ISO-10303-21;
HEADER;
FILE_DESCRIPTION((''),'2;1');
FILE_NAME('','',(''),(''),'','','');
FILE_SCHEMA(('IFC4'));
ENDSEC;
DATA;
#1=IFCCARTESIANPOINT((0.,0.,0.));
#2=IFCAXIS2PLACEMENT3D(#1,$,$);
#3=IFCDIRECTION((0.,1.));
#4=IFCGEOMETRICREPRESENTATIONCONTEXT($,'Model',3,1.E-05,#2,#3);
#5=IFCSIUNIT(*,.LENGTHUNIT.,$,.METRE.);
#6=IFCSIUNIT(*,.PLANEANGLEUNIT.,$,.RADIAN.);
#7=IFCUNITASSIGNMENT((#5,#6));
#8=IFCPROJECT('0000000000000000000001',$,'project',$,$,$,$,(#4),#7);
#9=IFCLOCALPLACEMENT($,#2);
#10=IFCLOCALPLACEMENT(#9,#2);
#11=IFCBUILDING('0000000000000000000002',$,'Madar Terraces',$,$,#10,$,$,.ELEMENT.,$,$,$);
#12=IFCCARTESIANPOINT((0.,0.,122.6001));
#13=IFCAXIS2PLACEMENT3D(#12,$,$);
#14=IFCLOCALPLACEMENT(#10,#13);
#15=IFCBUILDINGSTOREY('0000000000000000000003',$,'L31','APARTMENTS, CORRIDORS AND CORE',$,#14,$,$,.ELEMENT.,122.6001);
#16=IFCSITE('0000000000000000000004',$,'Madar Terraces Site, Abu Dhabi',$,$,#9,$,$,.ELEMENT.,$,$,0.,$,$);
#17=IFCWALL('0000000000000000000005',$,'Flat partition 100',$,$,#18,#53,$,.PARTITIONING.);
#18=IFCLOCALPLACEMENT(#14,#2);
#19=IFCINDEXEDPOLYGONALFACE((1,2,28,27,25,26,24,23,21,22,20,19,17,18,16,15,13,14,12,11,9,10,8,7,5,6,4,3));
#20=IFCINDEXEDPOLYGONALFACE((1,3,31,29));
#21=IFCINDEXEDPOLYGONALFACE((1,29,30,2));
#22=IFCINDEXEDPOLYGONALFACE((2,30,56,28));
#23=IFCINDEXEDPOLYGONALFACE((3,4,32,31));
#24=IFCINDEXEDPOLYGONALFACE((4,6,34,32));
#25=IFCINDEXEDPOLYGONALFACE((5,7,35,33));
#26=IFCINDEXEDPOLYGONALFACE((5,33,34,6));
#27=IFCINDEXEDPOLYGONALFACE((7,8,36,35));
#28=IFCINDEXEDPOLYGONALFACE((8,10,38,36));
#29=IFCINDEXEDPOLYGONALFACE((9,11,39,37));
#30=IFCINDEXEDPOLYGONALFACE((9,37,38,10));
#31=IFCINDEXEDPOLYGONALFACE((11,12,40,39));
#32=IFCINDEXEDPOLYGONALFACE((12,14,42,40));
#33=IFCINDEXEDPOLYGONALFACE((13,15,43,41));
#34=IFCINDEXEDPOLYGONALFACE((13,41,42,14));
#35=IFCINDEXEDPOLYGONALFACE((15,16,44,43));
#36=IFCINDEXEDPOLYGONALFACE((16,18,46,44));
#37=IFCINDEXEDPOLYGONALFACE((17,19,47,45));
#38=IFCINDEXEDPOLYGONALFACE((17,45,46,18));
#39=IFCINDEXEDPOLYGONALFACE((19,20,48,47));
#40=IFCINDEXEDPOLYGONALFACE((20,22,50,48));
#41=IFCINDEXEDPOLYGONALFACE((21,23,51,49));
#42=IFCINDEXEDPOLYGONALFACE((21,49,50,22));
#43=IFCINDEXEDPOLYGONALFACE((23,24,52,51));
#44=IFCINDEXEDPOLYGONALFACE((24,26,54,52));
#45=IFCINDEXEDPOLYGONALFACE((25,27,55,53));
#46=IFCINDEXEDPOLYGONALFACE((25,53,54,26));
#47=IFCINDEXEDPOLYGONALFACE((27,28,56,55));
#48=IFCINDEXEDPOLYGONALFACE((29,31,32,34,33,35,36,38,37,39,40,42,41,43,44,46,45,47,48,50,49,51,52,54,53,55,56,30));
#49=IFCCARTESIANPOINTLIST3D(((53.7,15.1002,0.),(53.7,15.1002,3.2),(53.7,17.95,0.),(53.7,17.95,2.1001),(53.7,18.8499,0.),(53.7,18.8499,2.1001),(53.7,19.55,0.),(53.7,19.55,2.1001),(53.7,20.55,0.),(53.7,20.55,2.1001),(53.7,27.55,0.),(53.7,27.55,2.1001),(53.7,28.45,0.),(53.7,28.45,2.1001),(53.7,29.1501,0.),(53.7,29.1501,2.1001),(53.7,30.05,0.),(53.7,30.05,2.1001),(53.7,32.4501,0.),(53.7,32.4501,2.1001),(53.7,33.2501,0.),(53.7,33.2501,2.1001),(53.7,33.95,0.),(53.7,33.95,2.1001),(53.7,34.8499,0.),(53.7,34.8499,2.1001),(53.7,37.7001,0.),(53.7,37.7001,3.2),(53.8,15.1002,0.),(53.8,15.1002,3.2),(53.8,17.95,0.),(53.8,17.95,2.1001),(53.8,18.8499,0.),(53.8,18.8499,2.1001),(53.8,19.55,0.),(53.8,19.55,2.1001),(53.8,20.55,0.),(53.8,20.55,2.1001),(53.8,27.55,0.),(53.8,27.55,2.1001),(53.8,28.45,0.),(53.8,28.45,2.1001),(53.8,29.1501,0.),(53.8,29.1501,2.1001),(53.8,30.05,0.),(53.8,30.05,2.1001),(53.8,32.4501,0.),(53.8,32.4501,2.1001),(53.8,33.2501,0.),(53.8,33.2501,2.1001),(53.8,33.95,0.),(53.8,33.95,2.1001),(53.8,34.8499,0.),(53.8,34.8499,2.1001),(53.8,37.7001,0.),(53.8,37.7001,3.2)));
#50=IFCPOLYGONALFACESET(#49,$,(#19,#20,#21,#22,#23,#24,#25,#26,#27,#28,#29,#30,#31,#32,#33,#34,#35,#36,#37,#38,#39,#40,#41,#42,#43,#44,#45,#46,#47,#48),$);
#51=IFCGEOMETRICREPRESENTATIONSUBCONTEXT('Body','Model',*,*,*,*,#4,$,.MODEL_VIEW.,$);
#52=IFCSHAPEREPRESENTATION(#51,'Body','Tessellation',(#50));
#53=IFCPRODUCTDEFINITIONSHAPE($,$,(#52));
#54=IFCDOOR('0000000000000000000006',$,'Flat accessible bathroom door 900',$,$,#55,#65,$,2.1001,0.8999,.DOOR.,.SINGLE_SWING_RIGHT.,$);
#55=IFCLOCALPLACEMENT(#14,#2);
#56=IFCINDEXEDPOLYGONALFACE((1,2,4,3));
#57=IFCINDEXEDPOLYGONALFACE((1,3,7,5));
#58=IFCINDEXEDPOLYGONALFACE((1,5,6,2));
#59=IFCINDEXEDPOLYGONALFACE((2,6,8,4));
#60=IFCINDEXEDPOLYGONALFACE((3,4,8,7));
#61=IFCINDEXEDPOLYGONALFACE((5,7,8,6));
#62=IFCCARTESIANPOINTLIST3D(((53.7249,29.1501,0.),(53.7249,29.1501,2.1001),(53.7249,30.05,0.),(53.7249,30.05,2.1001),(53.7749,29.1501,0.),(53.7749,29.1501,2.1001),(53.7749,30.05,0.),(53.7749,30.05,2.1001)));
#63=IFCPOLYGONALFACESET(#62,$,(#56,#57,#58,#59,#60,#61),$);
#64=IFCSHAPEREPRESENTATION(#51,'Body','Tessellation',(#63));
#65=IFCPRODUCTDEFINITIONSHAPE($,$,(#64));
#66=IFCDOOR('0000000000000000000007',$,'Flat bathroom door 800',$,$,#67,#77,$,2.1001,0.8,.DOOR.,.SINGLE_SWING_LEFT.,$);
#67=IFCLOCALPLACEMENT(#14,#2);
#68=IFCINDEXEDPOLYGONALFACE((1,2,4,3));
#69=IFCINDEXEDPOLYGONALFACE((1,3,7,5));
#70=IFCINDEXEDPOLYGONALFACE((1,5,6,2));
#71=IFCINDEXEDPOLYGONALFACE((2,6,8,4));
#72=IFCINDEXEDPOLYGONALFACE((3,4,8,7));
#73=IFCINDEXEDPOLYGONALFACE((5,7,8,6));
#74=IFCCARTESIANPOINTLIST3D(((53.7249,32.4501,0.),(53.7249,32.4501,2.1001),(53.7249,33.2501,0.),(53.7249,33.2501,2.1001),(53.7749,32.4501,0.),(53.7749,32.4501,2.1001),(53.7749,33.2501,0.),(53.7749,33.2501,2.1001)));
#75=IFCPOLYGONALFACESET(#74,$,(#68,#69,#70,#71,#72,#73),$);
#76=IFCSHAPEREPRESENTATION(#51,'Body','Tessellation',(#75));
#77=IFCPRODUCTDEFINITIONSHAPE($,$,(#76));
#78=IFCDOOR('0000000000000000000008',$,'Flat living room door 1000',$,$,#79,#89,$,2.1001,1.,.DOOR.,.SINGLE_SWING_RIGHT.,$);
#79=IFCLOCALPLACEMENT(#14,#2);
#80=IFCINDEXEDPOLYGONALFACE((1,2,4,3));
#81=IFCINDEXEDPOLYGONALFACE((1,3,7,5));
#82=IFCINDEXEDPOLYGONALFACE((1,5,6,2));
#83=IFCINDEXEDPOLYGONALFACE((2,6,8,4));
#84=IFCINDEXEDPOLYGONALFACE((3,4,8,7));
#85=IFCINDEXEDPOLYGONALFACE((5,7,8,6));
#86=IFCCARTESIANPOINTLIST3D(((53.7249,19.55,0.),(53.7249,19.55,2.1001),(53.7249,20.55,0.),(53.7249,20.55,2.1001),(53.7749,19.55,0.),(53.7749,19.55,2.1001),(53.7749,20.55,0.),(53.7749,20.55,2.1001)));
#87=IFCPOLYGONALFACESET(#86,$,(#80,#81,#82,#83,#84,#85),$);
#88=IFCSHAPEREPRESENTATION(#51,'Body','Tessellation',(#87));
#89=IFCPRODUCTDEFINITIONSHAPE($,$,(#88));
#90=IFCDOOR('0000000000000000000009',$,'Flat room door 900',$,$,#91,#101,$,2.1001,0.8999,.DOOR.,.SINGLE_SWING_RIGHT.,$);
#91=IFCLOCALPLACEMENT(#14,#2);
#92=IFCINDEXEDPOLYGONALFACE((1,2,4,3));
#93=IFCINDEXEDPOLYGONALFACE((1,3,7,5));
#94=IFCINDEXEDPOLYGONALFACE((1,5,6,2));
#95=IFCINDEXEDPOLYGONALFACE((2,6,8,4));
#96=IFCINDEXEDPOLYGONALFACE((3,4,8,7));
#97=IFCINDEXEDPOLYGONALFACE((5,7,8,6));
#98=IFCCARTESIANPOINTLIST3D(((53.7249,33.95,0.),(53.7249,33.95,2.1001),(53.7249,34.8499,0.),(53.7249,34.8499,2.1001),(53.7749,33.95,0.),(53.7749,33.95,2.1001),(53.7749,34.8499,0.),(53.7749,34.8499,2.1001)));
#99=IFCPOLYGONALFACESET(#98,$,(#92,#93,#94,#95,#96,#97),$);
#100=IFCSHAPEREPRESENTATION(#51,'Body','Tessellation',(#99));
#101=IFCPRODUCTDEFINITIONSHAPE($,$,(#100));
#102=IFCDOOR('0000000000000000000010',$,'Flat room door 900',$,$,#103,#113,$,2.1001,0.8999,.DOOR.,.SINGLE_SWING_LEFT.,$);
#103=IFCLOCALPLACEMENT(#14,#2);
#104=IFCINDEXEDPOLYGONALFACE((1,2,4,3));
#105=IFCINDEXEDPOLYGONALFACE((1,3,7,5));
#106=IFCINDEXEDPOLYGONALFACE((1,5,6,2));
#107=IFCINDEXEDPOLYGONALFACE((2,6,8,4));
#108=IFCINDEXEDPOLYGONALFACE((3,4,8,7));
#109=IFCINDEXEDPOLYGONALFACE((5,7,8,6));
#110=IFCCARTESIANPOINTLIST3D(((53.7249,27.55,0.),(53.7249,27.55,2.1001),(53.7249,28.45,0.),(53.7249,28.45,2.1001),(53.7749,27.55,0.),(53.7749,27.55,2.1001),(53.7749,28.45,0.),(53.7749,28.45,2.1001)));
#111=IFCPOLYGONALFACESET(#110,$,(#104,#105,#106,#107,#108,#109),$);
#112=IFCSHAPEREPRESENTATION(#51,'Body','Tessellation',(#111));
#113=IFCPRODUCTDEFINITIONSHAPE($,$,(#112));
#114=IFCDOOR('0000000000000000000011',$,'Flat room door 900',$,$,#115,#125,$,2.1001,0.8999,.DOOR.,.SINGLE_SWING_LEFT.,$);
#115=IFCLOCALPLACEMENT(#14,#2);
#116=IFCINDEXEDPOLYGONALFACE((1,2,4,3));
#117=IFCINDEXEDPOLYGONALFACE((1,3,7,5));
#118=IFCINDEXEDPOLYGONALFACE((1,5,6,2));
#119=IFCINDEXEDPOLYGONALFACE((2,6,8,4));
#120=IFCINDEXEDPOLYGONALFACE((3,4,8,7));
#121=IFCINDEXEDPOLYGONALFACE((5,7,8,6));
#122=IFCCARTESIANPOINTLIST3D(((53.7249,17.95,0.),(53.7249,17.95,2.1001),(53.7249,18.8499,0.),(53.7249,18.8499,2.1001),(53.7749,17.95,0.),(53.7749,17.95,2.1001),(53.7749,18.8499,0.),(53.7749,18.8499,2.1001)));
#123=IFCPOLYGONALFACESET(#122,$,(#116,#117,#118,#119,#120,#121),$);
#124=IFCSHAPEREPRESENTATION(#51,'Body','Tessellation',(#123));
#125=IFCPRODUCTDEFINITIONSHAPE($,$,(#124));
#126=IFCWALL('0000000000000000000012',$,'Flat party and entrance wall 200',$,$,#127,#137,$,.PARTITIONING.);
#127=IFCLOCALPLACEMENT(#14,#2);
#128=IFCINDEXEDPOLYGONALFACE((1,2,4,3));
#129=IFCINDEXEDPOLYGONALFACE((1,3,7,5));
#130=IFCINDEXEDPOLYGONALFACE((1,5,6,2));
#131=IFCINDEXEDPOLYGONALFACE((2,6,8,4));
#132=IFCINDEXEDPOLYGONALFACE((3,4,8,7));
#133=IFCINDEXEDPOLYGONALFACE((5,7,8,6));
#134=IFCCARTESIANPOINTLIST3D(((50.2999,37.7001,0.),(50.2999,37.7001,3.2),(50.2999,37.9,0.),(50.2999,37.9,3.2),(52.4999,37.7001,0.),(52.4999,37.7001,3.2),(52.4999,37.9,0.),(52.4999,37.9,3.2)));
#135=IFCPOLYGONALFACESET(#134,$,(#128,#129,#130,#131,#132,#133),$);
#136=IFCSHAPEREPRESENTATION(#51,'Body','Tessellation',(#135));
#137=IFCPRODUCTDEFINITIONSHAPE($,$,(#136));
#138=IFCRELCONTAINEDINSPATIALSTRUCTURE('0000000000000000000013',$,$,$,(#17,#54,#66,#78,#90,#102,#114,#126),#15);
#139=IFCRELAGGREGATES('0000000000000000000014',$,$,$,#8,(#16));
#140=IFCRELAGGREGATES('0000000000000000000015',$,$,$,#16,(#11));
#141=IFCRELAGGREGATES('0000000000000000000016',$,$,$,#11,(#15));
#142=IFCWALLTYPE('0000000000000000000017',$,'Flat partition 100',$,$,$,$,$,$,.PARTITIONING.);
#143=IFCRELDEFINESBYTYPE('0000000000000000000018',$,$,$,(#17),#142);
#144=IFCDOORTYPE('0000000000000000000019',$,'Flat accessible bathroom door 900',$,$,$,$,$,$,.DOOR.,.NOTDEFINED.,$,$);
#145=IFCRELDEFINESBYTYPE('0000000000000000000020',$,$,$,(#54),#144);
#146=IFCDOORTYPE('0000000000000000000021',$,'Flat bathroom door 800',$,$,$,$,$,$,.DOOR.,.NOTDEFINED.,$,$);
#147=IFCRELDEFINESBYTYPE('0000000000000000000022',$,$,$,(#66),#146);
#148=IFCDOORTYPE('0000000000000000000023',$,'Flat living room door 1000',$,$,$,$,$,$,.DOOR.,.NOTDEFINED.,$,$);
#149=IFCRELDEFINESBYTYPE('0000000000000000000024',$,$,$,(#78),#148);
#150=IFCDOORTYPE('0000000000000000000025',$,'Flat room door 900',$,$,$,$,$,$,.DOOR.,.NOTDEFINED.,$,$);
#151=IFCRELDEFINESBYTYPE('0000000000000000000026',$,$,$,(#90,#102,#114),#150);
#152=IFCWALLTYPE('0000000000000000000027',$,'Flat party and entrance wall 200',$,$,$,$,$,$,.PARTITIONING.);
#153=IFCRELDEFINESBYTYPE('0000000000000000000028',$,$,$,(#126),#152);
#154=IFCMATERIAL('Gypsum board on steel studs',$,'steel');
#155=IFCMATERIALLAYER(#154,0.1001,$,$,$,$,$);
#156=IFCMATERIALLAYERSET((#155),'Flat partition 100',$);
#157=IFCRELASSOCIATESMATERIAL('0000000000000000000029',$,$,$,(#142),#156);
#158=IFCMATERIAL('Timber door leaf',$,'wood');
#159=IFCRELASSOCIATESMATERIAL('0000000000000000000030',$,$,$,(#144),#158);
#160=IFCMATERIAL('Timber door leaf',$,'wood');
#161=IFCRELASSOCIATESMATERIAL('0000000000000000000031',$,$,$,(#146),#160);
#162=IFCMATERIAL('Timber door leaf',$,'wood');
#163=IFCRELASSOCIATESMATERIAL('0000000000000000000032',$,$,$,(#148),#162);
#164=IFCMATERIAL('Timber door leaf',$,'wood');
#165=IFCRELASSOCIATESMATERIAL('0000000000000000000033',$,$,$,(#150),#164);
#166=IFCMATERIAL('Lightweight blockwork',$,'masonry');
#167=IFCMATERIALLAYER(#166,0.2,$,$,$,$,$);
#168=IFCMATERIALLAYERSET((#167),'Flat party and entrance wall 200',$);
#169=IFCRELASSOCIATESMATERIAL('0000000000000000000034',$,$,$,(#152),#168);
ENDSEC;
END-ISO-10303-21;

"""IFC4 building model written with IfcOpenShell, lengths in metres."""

from ifc_helpers import new_model, si_unit, direction, frame, frame_2d, origin, place, context, subcontext, project, spatial, rectangle, extrude, material, layer, layer_set, type_object, element, fill, save


model = new_model("IFC4")

# Units and contexts
model_context = context("Model", 3, precision=1e-05, world=origin(), true_north=direction((0.0, 1.0)))
body_context = subcontext(model_context, "Body", "Model", "MODEL_VIEW")
ifc_project = project(units=[si_unit("LENGTHUNIT", "METRE"), si_unit("PLANEANGLEUNIT", "RADIAN")], contexts=[model_context])

# Site, building, storey
site_placement = place(None, origin())
site = spatial("IfcSite", under=ifc_project, at=site_placement, Name="Madar Terraces Site, Abu Dhabi", CompositionType="ELEMENT", RefElevation=0.0)
building_placement = place(site_placement, origin())
building = spatial("IfcBuilding", under=site, at=building_placement, Name="Madar Terraces", CompositionType="ELEMENT")
storey_placement = place(building_placement, frame((0.0, 0.0, 122.6001)))
storey = spatial("IfcBuildingStorey", under=building, at=storey_placement, Name="L31", Description="APARTMENTS, CORRIDORS AND CORE", CompositionType="ELEMENT", Elevation=122.6001)

# Wall, openings, doors
ifc_material_1 = material(Name="Gypsum board on steel studs", Category="steel")
ifc_layer_1 = layer(ifc_material_1, 0.1001)
ifc_layer_set_1 = layer_set([ifc_layer_1], Name="Flat partition 100")
wall_type_1 = type_object("IfcWallType", Name="Flat partition 100", PredefinedType="PARTITIONING", material=ifc_layer_set_1)
wall_1_placement = place(storey_placement, frame((53.75, 37.7, 0.0), z_axis=(0.0, 0.0, 1.0), x_axis=(0.0, -1.0, 0.0)))
wall_1 = element("IfcWall", 1, at=wall_1_placement, inside=storey, type_object=wall_type_1, Name="Flat partition 100", PredefinedType="PARTITIONING", context=body_context, shape_type="SweptSolid", body=[
    extrude(rectangle(XDim=22.5999, YDim=0.1001, at=frame_2d((11.2998, 0.0))), origin(), (0.0, 0.0, 1.0), 3.2),
])
opening_1_placement = place(wall_1_placement, frame((2.8501, 0.0, 0.0)))
opening_1 = element("IfcOpeningElement", 2, at=opening_1_placement, cuts=wall_1, PredefinedType="OPENING", context=body_context, shape_type="SweptSolid", body=[
    extrude(rectangle(XDim=0.8999, YDim=2.1001, at=frame_2d((0.45, 1.05))), frame((0.0, 0.0601, 0.0), z_axis=(0.0, -1.0, 0.0), x_axis=(1.0, 0.0, 0.0)), (0.0, 0.0, 1.0), 0.1201),
])
opening_2_placement = place(wall_1_placement, frame((4.45, 0.0, 0.0)))
opening_2 = element("IfcOpeningElement", 3, at=opening_2_placement, cuts=wall_1, PredefinedType="OPENING", context=body_context, shape_type="SweptSolid", body=[
    extrude(rectangle(XDim=0.8, YDim=2.1001, at=frame_2d((0.3999, 1.05))), frame((0.0, 0.0601, 0.0), z_axis=(0.0, -1.0, 0.0), x_axis=(1.0, 0.0, 0.0)), (0.0, 0.0, 1.0), 0.1201),
])
opening_3_placement = place(wall_1_placement, frame((7.6499, 0.0, 0.0)))
opening_3 = element("IfcOpeningElement", 4, at=opening_3_placement, cuts=wall_1, PredefinedType="OPENING", context=body_context, shape_type="SweptSolid", body=[
    extrude(rectangle(XDim=0.8999, YDim=2.1001, at=frame_2d((0.45, 1.05))), frame((0.0, 0.0601, 0.0), z_axis=(0.0, -1.0, 0.0), x_axis=(1.0, 0.0, 0.0)), (0.0, 0.0, 1.0), 0.1201),
])
opening_4_placement = place(wall_1_placement, frame((9.25, 0.0, 0.0)))
opening_4 = element("IfcOpeningElement", 5, at=opening_4_placement, cuts=wall_1, PredefinedType="OPENING", context=body_context, shape_type="SweptSolid", body=[
    extrude(rectangle(XDim=0.8999, YDim=2.1001, at=frame_2d((0.45, 1.05))), frame((0.0, 0.0601, 0.0), z_axis=(0.0, -1.0, 0.0), x_axis=(1.0, 0.0, 0.0)), (0.0, 0.0, 1.0), 0.1201),
])
opening_5_placement = place(wall_1_placement, frame((17.1499, 0.0, 0.0)))
opening_5 = element("IfcOpeningElement", 6, at=opening_5_placement, cuts=wall_1, PredefinedType="OPENING", context=body_context, shape_type="SweptSolid", body=[
    extrude(rectangle(XDim=1.0, YDim=2.1001, at=frame_2d((0.5, 1.05))), frame((0.0, 0.0601, 0.0), z_axis=(0.0, -1.0, 0.0), x_axis=(1.0, 0.0, 0.0)), (0.0, 0.0, 1.0), 0.1201),
])
opening_6_placement = place(wall_1_placement, frame((18.8501, 0.0, 0.0)))
opening_6 = element("IfcOpeningElement", 7, at=opening_6_placement, cuts=wall_1, PredefinedType="OPENING", context=body_context, shape_type="SweptSolid", body=[
    extrude(rectangle(XDim=0.8999, YDim=2.1001, at=frame_2d((0.45, 1.05))), frame((0.0, 0.0601, 0.0), z_axis=(0.0, -1.0, 0.0), x_axis=(1.0, 0.0, 0.0)), (0.0, 0.0, 1.0), 0.1201),
])
ifc_material_2 = material(Name="Timber door leaf", Category="wood")
door_type_1 = type_object("IfcDoorType", Name="Flat accessible bathroom door 900", OperationType="NOTDEFINED", PredefinedType="DOOR", material=ifc_material_2)
door_1_placement = place(opening_3_placement, origin())
door_1 = element("IfcDoor", 8, at=door_1_placement, inside=storey, type_object=door_type_1, Name="Flat accessible bathroom door 900", OperationType="SINGLE_SWING_RIGHT", OverallHeight=2.1001, OverallWidth=0.8999, PredefinedType="DOOR", context=body_context, shape_type="SweptSolid", body=[
    extrude(rectangle(XDim=0.8999, YDim=2.1001, at=frame_2d((0.45, 1.05))), frame((0.0, 0.0249, 0.0), z_axis=(0.0, -1.0, 0.0), x_axis=(1.0, 0.0, 0.0)), (0.0, 0.0, 1.0), 0.05),
])
fill(opening_3, door_1)
ifc_material_3 = material(Name="Timber door leaf", Category="wood")
door_type_2 = type_object("IfcDoorType", Name="Flat bathroom door 800", OperationType="NOTDEFINED", PredefinedType="DOOR", material=ifc_material_3)
door_2_placement = place(opening_2_placement, origin())
door_2 = element("IfcDoor", 9, at=door_2_placement, inside=storey, type_object=door_type_2, Name="Flat bathroom door 800", OperationType="SINGLE_SWING_LEFT", OverallHeight=2.1001, OverallWidth=0.8, PredefinedType="DOOR", context=body_context, shape_type="SweptSolid", body=[
    extrude(rectangle(XDim=0.8, YDim=2.1001, at=frame_2d((0.3999, 1.05))), frame((0.0, 0.0249, 0.0), z_axis=(0.0, -1.0, 0.0), x_axis=(1.0, 0.0, 0.0)), (0.0, 0.0, 1.0), 0.05),
])
fill(opening_2, door_2)
ifc_material_4 = material(Name="Timber door leaf", Category="wood")
door_type_3 = type_object("IfcDoorType", Name="Flat living room door 1000", OperationType="NOTDEFINED", PredefinedType="DOOR", material=ifc_material_4)
door_3_placement = place(opening_5_placement, origin())
door_3 = element("IfcDoor", 10, at=door_3_placement, inside=storey, type_object=door_type_3, Name="Flat living room door 1000", OperationType="SINGLE_SWING_RIGHT", OverallHeight=2.1001, OverallWidth=1.0, PredefinedType="DOOR", context=body_context, shape_type="SweptSolid", body=[
    extrude(rectangle(XDim=1.0, YDim=2.1001, at=frame_2d((0.5, 1.05))), frame((0.0, 0.0249, 0.0), z_axis=(0.0, -1.0, 0.0), x_axis=(1.0, 0.0, 0.0)), (0.0, 0.0, 1.0), 0.05),
])
fill(opening_5, door_3)
ifc_material_5 = material(Name="Timber door leaf", Category="wood")
door_type_4 = type_object("IfcDoorType", Name="Flat room door 900", OperationType="NOTDEFINED", PredefinedType="DOOR", material=ifc_material_5)
door_4_placement = place(opening_1_placement, origin())
door_4 = element("IfcDoor", 11, at=door_4_placement, inside=storey, type_object=door_type_4, Name="Flat room door 900", OperationType="SINGLE_SWING_RIGHT", OverallHeight=2.1001, OverallWidth=0.8999, PredefinedType="DOOR", context=body_context, shape_type="SweptSolid", body=[
    extrude(rectangle(XDim=0.8999, YDim=2.1001, at=frame_2d((0.45, 1.05))), frame((0.0, 0.0249, 0.0), z_axis=(0.0, -1.0, 0.0), x_axis=(1.0, 0.0, 0.0)), (0.0, 0.0, 1.0), 0.05),
])
fill(opening_1, door_4)
door_5_placement = place(opening_4_placement, origin())
door_5 = element("IfcDoor", 12, at=door_5_placement, inside=storey, type_object=door_type_4, Name="Flat room door 900", OperationType="SINGLE_SWING_LEFT", OverallHeight=2.1001, OverallWidth=0.8999, PredefinedType="DOOR", context=body_context, shape_type="SweptSolid", body=[
    extrude(rectangle(XDim=0.8999, YDim=2.1001, at=frame_2d((0.45, 1.05))), frame((0.0, 0.0249, 0.0), z_axis=(0.0, -1.0, 0.0), x_axis=(1.0, 0.0, 0.0)), (0.0, 0.0, 1.0), 0.05),
])
fill(opening_4, door_5)
door_6_placement = place(opening_6_placement, origin())
door_6 = element("IfcDoor", 13, at=door_6_placement, inside=storey, type_object=door_type_4, Name="Flat room door 900", OperationType="SINGLE_SWING_LEFT", OverallHeight=2.1001, OverallWidth=0.8999, PredefinedType="DOOR", context=body_context, shape_type="SweptSolid", body=[
    extrude(rectangle(XDim=0.8999, YDim=2.1001, at=frame_2d((0.45, 1.05))), frame((0.0, 0.0249, 0.0), z_axis=(0.0, -1.0, 0.0), x_axis=(1.0, 0.0, 0.0)), (0.0, 0.0, 1.0), 0.05),
])
fill(opening_6, door_6)

# Wall
ifc_material_6 = material(Name="Lightweight blockwork", Category="masonry")
ifc_layer_2 = layer(ifc_material_6, 0.2)
ifc_layer_set_2 = layer_set([ifc_layer_2], Name="Flat party and entrance wall 200")
wall_type_2 = type_object("IfcWallType", Name="Flat party and entrance wall 200", PredefinedType="PARTITIONING", material=ifc_layer_set_2)
wall_2_placement = place(storey_placement, frame((52.5, 37.8, 0.0), z_axis=(0.0, 0.0, 1.0), x_axis=(-1.0, 0.0, 0.0)))
element("IfcWall", 14, at=wall_2_placement, inside=storey, type_object=wall_type_2, Name="Flat party and entrance wall 200", PredefinedType="PARTITIONING", context=body_context, shape_type="SweptSolid", body=[
    extrude(rectangle(XDim=2.2, YDim=0.2, at=frame_2d((1.1001, 0.0))), origin(), (0.0, 0.0, 1.0), 3.2),
])

save(model, "model.ifc")
